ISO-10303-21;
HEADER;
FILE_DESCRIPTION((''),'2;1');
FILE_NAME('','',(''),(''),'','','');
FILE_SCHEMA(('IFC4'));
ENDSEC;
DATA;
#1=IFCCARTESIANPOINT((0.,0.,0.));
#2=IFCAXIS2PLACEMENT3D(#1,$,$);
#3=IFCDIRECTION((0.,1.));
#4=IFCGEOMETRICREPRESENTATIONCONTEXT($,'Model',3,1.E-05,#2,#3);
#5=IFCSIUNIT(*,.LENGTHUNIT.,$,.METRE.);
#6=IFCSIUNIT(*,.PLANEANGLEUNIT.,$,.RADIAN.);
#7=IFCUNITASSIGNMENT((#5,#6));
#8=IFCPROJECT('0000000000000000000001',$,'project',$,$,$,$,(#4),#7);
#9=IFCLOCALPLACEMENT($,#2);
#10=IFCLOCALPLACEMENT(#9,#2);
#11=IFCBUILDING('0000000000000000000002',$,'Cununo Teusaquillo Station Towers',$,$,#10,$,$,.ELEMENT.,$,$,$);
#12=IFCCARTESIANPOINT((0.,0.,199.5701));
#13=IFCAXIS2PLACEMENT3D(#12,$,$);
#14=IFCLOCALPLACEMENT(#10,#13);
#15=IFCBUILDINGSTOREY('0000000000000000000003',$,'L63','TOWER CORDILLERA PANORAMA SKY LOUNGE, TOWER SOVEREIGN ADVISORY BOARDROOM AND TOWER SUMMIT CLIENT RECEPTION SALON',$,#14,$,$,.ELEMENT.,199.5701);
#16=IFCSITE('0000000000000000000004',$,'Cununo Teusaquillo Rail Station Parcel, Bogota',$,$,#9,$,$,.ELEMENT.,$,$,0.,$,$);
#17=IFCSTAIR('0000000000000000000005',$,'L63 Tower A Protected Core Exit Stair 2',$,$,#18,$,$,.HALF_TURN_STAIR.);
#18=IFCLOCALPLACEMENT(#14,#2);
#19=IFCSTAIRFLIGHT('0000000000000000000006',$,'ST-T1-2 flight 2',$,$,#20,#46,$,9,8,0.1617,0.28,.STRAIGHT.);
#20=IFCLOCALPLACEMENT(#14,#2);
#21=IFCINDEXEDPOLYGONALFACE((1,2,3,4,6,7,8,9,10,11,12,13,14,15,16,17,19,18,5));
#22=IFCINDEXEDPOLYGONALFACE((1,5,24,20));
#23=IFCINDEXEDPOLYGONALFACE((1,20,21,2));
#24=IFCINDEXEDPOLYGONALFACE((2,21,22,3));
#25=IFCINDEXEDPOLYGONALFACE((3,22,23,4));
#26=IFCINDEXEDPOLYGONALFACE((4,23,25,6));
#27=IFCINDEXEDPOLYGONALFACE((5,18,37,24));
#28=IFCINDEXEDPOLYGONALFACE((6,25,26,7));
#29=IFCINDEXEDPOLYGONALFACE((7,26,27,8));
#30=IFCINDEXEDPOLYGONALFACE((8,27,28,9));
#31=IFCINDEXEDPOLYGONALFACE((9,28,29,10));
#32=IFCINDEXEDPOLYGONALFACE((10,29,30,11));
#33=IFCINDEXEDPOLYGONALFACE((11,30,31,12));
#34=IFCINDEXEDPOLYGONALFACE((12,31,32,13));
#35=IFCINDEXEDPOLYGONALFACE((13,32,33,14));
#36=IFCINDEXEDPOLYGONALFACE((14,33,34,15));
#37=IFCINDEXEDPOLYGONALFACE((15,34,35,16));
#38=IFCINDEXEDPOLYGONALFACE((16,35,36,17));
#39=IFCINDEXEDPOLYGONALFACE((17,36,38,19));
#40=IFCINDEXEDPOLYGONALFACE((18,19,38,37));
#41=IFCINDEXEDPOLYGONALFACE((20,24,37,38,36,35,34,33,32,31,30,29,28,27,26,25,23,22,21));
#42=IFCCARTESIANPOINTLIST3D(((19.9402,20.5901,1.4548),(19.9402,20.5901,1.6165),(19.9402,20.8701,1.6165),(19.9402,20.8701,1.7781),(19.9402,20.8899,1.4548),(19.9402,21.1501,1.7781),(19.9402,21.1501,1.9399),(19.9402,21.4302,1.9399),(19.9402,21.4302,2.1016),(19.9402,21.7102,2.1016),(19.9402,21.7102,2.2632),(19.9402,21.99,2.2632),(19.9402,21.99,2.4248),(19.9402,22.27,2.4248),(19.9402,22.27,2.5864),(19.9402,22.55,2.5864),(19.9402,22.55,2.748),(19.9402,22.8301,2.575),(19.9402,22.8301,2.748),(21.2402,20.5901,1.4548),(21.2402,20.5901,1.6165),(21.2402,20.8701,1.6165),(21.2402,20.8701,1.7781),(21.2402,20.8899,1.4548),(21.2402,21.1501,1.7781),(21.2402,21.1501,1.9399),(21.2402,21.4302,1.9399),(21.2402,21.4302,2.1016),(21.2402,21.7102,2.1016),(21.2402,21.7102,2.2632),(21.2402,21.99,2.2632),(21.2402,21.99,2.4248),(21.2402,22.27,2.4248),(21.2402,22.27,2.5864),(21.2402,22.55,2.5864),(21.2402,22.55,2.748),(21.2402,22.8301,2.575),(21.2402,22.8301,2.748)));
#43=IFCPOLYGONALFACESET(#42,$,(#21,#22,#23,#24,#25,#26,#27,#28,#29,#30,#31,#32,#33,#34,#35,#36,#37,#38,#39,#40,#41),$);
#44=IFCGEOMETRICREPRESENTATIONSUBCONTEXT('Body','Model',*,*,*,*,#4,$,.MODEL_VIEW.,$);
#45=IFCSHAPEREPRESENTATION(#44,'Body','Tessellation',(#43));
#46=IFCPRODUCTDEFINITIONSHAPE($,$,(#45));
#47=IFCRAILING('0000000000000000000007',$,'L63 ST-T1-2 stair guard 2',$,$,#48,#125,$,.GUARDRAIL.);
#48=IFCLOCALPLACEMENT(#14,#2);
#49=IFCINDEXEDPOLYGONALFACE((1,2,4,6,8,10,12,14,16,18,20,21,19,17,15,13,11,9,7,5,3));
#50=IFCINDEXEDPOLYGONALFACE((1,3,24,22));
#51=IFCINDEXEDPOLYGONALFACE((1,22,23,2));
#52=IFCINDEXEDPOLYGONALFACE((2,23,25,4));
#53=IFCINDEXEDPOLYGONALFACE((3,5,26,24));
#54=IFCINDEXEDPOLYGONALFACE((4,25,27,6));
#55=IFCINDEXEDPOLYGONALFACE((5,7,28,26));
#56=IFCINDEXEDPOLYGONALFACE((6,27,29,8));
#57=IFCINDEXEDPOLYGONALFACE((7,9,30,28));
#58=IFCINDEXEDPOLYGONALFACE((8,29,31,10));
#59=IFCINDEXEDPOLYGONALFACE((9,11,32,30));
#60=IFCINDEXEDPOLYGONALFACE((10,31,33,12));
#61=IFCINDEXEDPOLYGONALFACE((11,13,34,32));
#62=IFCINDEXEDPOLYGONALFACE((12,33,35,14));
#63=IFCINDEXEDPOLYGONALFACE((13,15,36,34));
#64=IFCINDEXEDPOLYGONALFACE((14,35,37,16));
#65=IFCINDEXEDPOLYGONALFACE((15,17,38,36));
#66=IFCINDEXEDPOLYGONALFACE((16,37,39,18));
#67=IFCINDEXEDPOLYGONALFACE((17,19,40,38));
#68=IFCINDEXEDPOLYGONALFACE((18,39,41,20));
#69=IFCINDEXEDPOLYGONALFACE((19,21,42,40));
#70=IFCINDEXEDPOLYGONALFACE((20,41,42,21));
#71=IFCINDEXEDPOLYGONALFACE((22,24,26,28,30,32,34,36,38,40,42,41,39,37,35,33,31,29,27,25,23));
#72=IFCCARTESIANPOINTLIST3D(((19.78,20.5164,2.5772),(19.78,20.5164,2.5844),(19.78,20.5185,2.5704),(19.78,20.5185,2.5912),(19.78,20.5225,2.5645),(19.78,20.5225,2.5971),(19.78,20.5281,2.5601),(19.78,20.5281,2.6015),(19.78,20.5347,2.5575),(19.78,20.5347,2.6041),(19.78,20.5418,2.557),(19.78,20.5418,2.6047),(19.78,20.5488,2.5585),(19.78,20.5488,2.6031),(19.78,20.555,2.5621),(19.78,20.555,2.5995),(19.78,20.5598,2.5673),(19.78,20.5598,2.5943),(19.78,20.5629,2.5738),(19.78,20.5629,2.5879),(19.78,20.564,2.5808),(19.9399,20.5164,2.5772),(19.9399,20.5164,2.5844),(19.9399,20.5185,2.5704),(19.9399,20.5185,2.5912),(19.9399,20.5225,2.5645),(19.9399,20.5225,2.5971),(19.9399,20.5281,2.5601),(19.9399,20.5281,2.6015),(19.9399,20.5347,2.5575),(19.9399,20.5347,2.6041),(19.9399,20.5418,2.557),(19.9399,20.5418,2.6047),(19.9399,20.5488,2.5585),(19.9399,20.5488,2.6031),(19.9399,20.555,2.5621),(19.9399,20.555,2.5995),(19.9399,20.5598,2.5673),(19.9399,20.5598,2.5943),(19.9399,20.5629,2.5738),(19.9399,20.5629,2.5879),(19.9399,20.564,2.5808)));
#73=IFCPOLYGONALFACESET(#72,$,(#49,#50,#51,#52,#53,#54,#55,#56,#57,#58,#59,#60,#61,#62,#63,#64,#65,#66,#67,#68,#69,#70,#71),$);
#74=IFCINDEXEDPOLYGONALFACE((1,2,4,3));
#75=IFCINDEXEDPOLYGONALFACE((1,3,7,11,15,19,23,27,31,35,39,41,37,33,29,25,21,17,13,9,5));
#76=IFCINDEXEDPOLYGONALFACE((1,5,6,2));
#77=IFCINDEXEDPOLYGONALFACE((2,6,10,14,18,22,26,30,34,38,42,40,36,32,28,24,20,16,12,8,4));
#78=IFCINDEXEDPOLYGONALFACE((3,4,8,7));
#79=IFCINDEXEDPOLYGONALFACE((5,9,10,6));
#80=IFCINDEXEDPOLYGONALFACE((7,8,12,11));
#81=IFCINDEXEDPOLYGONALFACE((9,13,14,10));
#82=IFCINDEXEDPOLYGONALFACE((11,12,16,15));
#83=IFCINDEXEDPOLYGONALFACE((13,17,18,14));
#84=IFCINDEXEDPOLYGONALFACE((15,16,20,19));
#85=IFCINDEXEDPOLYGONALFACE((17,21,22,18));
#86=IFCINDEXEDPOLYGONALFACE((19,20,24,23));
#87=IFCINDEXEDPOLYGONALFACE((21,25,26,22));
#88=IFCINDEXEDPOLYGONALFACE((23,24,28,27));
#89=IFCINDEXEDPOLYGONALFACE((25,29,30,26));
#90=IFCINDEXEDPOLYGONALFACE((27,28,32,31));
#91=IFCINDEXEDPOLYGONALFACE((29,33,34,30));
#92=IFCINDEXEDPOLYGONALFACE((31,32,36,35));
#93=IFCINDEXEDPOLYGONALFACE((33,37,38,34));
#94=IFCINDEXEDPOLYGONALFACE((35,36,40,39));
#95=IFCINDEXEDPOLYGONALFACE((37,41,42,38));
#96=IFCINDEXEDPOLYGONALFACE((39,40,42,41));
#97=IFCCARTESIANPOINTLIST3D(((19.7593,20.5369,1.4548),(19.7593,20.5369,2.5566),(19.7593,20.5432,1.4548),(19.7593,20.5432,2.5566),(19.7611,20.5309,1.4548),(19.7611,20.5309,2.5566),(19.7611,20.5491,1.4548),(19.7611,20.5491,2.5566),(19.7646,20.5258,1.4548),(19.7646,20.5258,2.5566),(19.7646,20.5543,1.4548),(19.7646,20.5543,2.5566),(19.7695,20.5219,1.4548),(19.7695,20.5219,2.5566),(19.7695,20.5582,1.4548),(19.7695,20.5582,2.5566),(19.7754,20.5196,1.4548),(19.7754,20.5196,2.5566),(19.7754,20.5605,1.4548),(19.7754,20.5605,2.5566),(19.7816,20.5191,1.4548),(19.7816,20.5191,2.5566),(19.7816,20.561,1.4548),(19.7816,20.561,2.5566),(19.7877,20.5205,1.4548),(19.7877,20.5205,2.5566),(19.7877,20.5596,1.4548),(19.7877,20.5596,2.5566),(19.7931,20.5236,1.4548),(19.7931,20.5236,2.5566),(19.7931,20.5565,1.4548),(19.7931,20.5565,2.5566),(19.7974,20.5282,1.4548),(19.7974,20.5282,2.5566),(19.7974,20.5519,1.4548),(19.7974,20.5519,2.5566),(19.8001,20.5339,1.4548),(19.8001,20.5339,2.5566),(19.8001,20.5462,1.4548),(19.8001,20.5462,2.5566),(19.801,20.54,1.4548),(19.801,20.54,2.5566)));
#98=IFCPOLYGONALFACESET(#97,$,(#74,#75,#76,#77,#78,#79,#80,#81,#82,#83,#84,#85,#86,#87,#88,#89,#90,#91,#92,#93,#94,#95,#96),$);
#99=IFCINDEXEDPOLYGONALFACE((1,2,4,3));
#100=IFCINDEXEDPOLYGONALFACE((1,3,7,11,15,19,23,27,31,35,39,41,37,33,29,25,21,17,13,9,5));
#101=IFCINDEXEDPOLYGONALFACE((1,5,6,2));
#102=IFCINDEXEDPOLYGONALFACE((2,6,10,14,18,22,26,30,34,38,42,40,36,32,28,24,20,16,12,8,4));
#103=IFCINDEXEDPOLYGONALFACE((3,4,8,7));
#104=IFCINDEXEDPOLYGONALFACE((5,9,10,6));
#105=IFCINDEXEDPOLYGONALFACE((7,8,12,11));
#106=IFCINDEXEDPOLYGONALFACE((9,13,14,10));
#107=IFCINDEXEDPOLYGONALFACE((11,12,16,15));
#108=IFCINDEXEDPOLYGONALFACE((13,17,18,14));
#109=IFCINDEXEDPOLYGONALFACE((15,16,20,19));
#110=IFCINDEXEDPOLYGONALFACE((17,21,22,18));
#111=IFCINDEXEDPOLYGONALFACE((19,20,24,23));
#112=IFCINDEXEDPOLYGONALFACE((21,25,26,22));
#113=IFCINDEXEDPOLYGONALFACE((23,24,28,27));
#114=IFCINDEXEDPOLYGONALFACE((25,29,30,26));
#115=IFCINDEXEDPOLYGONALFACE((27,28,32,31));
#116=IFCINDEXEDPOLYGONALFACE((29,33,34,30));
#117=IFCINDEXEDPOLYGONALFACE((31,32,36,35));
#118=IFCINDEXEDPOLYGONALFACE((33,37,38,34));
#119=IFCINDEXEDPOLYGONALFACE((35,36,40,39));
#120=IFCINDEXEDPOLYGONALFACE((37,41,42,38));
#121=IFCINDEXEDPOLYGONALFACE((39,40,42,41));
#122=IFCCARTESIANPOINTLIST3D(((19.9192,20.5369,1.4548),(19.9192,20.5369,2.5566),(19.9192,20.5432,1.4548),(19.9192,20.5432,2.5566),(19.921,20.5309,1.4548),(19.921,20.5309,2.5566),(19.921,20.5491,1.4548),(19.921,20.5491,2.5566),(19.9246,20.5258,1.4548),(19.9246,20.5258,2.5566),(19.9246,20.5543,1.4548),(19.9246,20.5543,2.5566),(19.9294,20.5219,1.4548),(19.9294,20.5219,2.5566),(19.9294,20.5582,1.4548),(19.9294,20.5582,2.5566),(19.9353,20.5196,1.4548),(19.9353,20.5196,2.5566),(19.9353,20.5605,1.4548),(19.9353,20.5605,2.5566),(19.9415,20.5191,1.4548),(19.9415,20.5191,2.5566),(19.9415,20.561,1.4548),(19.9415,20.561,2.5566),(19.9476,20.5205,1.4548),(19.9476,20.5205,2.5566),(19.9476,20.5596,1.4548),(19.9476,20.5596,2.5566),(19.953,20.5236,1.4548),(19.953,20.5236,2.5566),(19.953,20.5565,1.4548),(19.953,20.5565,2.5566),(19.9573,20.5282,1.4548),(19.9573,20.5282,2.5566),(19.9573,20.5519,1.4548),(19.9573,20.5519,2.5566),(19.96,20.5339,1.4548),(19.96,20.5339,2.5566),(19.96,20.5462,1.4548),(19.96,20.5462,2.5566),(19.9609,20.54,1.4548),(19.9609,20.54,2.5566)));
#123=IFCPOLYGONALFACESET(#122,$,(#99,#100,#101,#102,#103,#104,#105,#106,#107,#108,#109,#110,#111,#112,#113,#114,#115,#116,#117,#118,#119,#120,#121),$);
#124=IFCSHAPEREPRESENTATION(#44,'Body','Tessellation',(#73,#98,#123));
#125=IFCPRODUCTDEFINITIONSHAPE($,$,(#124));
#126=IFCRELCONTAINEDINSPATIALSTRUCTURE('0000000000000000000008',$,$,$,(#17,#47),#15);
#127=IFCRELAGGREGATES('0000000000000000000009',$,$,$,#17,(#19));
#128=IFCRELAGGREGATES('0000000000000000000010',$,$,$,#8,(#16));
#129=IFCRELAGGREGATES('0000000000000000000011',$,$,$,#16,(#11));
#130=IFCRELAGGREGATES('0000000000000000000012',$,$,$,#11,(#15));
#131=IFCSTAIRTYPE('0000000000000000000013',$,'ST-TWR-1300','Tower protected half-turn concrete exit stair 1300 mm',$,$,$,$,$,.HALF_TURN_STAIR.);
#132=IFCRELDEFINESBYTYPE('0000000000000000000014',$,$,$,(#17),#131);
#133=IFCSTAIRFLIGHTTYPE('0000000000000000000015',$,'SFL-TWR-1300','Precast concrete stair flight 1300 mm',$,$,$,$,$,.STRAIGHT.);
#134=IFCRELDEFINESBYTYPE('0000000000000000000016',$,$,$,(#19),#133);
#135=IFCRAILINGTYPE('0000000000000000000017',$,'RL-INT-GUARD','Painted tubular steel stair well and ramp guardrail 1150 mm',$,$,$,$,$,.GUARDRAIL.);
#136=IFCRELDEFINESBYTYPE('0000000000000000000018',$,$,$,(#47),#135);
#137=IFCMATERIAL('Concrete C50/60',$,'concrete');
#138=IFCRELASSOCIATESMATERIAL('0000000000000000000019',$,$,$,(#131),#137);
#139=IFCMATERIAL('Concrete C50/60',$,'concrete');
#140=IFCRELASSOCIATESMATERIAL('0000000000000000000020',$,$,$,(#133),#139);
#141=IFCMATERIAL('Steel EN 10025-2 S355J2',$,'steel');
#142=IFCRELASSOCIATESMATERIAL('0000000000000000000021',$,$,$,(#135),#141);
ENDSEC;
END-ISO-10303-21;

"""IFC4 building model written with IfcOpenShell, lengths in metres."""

from ifc_helpers import new_model, si_unit, direction, frame, origin, origin_2d, place, context, subcontext, project, spatial, polyline, circle, outline, extrude, material, type_object, element, aggregate, save


model = new_model("IFC4")

# Units and contexts
model_context = context("Model", 3, precision=1e-05, world=origin(), true_north=direction((0.0, 1.0)))
body_context = subcontext(model_context, "Body", "Model", "MODEL_VIEW")
ifc_project = project(units=[si_unit("LENGTHUNIT", "METRE"), si_unit("PLANEANGLEUNIT", "RADIAN")], contexts=[model_context])

# Site, building, storey
site_placement = place(None, origin())
site = spatial("IfcSite", under=ifc_project, at=site_placement, Name="Cununo Teusaquillo Rail Station Parcel, Bogota", CompositionType="ELEMENT", RefElevation=0.0)
building_placement = place(site_placement, origin())
building = spatial("IfcBuilding", under=site, at=building_placement, Name="Cununo Teusaquillo Station Towers", CompositionType="ELEMENT")
storey_placement = place(building_placement, frame((0.0, 0.0, 199.5701)))
storey = spatial("IfcBuildingStorey", under=building, at=storey_placement, Name="L63", Description="TOWER CORDILLERA PANORAMA SKY LOUNGE, TOWER SOVEREIGN ADVISORY BOARDROOM AND TOWER SUMMIT CLIENT RECEPTION SALON", CompositionType="ELEMENT", Elevation=199.5701)

# Stair, stair flight
ifc_material_1 = material(Name="Concrete C50/60", Category="concrete")
stair_type = type_object("IfcStairType", Name="ST-TWR-1300", Description="Tower protected half-turn concrete exit stair 1300 mm", PredefinedType="HALF_TURN_STAIR", material=ifc_material_1)
stair_placement = place(storey_placement, origin())
stair = element("IfcStair", 1, at=stair_placement, inside=storey, type_object=stair_type, Name="L63 Tower A Protected Core Exit Stair 2", PredefinedType="HALF_TURN_STAIR")
ifc_material_2 = material(Name="Concrete C50/60", Category="concrete")
stair_flight_type = type_object("IfcStairFlightType", Name="SFL-TWR-1300", Description="Precast concrete stair flight 1300 mm", PredefinedType="STRAIGHT", material=ifc_material_2)
stair_flight_1_placement = place(storey_placement, frame((20.5901, 20.5901, 1.4548), z_axis=(0.0, 0.0, 1.0), x_axis=(0.0, 1.0, 0.0)))
stair_flight_1 = element("IfcStairFlight", 2, at=stair_flight_1_placement, type_object=stair_flight_type, Name="ST-T1-2 flight 2", NumberOfRisers=9, NumberOfTreads=8, PredefinedType="STRAIGHT", RiserHeight=0.1617, TreadLength=0.28, context=body_context, shape_type="SweptSolid", body=[
    extrude(outline(polyline([(0.0, 0.0), (0.0, 0.1616), (0.28, 0.1616), (0.28, 0.3232), (0.5601, 0.3232), (0.5601, 0.4851), (0.8401, 0.4851), (0.8401, 0.6467), (1.1201, 0.6467), (1.1201, 0.8083), (1.3999, 0.8083), (1.3999, 0.97), (1.6799, 0.97), (1.6799, 1.1316), (1.96, 1.1316), (1.96, 1.2932), (2.24, 1.2932), (2.24, 1.4551), (2.24, 1.1201), (0.2998, 0.0), (0.0, 0.0)])), frame((0.0, 0.6499, 0.0), z_axis=(0.0, -1.0, 0.0), x_axis=(1.0, 0.0, 0.0)), (0.0, 0.0, 1.0), 1.3),
])
aggregate(stair, [stair_flight_1])

# Railing
ifc_material_3 = material(Name="Steel EN 10025-2 S355J2", Category="steel")
railing_type_1 = type_object("IfcRailingType", Name="RL-INT-GUARD", Description="Painted tubular steel stair well and ramp guardrail 1150 mm", PredefinedType="GUARDRAIL", material=ifc_material_3)
railing_1_placement = place(storey_placement, frame((19.78, 20.54, 1.4548)))
element("IfcRailing", 3, at=railing_1_placement, inside=storey, type_object=railing_type_1, Name="L63 ST-T1-2 stair guard 2", PredefinedType="GUARDRAIL", context=body_context, shape_type="SweptSolid", body=[
    extrude(circle(Radius=0.0239, at=origin_2d()), frame((0.0, 0.0, 1.126), z_axis=(1.0, 0.0, 0.0), x_axis=(0.0, 1.0, 0.0)), (0.0, 0.0, 1.0), 0.1599),
    extrude(circle(Radius=0.021, at=origin_2d()), origin(), (0.0, 0.0, 1.0), 1.1018),
    extrude(circle(Radius=0.021, at=origin_2d()), frame((0.1599, 0.0, 0.0)), (0.0, 0.0, 1.0), 1.1018),
])

save(model, "model.ifc")
